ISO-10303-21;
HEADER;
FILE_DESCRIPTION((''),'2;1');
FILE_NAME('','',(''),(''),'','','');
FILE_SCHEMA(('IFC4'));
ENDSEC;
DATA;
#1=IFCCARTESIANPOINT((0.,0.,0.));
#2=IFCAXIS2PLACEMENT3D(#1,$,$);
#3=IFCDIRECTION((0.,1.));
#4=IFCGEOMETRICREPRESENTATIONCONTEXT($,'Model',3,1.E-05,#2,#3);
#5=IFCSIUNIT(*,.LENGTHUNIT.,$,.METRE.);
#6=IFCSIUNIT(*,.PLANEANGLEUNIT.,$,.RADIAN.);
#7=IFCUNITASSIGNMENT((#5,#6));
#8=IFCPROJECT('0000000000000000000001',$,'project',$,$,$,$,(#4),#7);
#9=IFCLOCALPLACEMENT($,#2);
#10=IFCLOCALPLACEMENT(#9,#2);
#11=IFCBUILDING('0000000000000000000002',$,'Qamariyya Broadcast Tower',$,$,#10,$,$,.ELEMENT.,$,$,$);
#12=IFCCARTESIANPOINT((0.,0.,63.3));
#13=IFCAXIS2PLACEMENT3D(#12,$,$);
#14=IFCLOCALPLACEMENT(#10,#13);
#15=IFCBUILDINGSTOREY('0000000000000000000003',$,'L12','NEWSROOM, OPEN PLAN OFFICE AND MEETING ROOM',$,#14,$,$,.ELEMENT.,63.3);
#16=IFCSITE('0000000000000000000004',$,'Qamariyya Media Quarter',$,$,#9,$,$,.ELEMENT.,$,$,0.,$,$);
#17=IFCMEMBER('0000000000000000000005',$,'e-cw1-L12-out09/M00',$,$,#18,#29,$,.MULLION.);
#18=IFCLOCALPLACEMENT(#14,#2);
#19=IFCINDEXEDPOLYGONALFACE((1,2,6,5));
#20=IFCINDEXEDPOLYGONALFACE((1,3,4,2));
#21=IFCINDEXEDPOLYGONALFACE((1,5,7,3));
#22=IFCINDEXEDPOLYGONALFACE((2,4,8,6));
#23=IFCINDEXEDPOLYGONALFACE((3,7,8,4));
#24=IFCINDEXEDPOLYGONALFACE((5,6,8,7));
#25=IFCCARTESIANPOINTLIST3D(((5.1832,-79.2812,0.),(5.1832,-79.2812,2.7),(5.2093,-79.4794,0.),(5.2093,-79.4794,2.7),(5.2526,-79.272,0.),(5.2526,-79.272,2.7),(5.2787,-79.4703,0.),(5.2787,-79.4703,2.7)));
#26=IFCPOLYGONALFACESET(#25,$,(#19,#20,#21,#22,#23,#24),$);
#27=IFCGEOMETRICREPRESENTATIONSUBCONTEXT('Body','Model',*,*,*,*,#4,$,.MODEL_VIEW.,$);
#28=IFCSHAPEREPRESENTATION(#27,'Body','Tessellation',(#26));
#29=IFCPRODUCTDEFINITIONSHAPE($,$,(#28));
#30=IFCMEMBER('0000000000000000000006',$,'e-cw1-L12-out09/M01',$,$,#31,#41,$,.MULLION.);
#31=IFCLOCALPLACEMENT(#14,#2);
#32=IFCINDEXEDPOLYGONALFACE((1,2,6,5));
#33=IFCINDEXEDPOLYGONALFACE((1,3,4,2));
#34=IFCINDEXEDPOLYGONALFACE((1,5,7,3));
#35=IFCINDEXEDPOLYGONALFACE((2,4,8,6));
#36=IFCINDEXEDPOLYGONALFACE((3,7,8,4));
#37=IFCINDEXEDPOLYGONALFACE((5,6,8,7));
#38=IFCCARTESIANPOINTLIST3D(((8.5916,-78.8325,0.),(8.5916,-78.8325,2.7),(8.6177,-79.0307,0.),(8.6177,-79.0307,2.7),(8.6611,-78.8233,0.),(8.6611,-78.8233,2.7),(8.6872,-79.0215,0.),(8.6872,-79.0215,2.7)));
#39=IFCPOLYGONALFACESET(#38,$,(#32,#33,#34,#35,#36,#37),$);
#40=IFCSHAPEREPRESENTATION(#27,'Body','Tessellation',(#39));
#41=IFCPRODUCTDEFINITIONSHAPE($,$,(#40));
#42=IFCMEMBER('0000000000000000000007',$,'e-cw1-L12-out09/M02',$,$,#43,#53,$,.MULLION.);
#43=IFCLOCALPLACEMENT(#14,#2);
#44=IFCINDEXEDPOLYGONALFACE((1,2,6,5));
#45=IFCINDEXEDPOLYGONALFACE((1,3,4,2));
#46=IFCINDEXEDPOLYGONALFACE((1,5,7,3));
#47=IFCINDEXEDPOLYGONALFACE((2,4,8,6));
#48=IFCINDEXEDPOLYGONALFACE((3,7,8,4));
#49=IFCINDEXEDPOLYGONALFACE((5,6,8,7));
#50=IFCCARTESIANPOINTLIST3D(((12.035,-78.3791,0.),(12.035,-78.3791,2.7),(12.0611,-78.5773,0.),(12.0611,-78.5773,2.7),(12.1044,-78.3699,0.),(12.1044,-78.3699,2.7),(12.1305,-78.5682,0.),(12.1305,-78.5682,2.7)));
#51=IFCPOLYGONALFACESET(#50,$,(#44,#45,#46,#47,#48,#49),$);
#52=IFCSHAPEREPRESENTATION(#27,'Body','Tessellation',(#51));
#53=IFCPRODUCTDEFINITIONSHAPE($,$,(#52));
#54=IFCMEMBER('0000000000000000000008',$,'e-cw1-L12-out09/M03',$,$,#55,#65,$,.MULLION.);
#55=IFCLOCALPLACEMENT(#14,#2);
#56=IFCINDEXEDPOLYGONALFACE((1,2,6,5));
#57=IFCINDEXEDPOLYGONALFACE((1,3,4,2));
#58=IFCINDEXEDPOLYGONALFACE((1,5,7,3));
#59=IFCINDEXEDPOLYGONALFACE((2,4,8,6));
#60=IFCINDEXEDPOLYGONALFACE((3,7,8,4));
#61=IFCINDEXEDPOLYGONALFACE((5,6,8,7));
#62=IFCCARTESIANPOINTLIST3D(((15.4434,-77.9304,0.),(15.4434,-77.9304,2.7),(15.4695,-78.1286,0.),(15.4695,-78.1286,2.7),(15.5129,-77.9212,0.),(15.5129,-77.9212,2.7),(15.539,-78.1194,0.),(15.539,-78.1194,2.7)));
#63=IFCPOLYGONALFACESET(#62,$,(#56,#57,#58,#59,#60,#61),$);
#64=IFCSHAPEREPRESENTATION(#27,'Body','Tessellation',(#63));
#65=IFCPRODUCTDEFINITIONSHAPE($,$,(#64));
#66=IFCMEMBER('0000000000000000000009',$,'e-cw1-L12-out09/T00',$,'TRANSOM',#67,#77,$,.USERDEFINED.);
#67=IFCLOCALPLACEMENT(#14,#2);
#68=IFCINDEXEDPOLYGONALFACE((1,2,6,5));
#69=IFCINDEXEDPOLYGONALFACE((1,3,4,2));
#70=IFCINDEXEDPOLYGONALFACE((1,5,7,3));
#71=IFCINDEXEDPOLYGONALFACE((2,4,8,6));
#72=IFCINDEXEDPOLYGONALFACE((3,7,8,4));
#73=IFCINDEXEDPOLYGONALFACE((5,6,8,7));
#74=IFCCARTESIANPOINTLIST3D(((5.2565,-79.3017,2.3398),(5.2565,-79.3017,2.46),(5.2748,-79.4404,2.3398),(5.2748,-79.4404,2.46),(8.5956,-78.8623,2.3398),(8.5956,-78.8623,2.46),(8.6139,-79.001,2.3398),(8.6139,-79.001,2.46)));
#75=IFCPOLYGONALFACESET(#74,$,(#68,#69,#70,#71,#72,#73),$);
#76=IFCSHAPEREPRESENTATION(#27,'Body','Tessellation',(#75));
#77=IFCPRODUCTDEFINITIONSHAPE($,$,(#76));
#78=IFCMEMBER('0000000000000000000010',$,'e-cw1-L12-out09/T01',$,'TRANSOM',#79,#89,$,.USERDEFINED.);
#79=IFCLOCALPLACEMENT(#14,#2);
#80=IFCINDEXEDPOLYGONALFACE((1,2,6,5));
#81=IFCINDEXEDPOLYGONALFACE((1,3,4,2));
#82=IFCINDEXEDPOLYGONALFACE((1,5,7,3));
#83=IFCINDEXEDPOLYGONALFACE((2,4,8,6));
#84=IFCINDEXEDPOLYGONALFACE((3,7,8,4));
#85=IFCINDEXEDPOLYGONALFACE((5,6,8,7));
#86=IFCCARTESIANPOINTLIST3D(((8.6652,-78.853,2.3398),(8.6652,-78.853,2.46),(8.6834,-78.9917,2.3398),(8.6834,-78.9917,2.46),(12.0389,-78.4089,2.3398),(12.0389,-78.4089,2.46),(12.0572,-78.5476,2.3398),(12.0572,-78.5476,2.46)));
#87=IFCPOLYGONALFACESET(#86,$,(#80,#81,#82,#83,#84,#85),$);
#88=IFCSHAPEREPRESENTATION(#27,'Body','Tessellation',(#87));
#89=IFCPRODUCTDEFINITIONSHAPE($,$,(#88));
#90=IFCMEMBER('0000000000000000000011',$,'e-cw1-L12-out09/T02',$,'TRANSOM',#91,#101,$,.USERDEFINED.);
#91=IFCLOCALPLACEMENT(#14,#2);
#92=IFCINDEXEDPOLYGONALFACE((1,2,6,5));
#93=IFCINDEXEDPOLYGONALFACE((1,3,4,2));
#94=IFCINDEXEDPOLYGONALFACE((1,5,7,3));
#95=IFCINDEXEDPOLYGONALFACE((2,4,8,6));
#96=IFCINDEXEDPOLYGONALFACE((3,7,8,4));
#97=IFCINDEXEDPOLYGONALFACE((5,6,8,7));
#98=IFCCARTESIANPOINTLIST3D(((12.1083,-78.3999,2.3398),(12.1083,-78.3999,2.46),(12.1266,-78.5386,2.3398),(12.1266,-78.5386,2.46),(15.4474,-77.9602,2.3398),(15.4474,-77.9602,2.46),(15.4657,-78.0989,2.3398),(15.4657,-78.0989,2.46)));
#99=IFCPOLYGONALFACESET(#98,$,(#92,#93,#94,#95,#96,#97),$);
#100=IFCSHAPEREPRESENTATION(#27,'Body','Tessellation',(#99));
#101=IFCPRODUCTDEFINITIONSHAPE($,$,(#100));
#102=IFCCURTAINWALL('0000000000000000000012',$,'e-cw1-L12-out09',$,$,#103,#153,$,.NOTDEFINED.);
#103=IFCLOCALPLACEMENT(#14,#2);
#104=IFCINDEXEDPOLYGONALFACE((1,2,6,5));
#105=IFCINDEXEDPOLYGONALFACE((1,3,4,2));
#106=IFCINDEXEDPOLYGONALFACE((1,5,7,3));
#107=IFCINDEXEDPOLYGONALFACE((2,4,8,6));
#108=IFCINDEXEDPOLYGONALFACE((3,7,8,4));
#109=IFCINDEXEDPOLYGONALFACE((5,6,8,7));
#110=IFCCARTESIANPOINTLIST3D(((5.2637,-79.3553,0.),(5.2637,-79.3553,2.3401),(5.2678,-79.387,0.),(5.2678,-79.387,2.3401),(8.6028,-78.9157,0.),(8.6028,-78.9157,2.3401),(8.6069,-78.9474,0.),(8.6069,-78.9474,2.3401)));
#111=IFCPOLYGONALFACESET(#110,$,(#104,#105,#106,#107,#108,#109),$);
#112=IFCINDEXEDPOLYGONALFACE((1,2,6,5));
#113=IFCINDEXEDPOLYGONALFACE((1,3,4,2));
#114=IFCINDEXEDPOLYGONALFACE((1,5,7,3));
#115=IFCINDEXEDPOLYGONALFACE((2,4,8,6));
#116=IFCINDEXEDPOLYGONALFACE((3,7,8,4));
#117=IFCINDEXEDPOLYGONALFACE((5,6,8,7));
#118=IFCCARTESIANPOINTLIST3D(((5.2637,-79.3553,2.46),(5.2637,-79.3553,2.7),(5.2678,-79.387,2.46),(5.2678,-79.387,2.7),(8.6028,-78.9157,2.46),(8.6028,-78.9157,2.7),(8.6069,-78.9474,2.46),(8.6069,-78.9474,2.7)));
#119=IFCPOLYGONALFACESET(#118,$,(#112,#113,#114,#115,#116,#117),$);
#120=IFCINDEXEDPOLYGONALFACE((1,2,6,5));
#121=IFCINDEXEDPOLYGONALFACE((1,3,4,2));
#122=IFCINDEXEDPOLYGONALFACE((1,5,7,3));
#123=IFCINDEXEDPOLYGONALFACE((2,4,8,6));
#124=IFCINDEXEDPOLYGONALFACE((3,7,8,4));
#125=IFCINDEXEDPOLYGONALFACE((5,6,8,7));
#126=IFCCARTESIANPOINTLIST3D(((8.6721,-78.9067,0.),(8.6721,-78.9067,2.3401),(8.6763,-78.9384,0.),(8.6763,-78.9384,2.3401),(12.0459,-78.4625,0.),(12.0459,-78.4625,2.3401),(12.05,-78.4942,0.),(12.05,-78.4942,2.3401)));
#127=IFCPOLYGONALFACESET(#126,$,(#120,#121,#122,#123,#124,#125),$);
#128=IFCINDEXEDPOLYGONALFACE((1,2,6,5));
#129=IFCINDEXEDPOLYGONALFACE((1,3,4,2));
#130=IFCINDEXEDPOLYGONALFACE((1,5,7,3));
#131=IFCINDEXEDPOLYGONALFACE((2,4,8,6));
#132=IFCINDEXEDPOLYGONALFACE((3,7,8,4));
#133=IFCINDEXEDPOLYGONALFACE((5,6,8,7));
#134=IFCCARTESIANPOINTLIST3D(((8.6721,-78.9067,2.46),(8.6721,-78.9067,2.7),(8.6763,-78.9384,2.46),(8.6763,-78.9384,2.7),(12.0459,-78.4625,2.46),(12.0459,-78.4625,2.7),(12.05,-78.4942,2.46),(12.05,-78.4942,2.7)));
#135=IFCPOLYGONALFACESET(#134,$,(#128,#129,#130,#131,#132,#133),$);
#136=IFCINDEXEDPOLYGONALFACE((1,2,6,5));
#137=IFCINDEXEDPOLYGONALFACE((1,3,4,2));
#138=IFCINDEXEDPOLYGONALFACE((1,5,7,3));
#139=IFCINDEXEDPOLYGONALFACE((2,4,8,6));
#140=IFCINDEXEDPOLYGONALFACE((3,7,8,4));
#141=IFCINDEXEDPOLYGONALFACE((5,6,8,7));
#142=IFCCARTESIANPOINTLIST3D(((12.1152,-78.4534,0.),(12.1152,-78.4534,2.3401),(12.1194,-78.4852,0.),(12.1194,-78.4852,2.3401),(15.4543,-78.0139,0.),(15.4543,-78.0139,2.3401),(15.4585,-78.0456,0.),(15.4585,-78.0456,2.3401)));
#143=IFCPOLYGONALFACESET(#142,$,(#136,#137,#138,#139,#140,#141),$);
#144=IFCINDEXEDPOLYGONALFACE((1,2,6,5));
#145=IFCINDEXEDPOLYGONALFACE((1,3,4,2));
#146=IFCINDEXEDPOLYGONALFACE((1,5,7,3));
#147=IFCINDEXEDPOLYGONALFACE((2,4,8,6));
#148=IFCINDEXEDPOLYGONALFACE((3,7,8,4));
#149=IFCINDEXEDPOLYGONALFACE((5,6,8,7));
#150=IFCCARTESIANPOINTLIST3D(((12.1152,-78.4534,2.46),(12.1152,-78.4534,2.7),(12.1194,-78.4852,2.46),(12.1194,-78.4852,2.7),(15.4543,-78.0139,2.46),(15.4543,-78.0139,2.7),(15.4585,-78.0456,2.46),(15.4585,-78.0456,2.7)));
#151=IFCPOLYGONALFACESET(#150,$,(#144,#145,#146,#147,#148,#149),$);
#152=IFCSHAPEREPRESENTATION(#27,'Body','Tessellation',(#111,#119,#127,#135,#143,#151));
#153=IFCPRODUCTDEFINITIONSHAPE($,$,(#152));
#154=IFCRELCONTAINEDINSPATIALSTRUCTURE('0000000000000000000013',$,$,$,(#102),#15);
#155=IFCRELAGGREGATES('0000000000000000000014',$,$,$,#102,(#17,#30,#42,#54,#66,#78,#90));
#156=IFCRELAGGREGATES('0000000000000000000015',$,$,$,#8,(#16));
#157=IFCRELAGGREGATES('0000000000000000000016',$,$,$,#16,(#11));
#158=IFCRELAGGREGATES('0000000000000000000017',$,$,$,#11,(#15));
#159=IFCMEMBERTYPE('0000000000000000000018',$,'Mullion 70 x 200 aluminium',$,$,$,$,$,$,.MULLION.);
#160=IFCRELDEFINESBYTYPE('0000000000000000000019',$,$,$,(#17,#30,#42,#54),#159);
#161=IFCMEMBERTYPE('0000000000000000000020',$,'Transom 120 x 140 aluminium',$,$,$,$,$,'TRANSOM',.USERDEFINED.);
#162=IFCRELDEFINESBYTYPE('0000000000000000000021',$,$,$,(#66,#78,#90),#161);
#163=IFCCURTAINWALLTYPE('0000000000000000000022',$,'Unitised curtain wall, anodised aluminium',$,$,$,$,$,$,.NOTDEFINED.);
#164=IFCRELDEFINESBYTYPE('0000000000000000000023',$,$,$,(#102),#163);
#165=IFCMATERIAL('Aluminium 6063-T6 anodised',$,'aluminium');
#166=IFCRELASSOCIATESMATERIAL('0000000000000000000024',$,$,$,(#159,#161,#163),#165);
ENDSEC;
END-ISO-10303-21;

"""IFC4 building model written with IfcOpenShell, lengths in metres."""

from ifc_helpers import new_model, si_unit, direction, frame, origin, origin_2d, place, context, subcontext, project, spatial, rectangle, extrude, material, material_profile, profile_set, type_object, element, aggregate, save


model = new_model("IFC4")

# Units and contexts
model_context = context("Model", 3, precision=1e-05, world=origin(), true_north=direction((0.0, 1.0)))
body_context = subcontext(model_context, "Body", "Model", "MODEL_VIEW")
ifc_project = project(units=[si_unit("LENGTHUNIT", "METRE"), si_unit("PLANEANGLEUNIT", "RADIAN")], contexts=[model_context])

# Members
ifc_material = material(Name="Aluminium 6063-T6 anodised", Category="aluminium")
ifc_material_profile_1 = material_profile(ifc_material, rectangle(XDim=0.2, YDim=0.0701, at=origin_2d()))
ifc_profile_set_1 = profile_set([ifc_material_profile_1], Name="Aluminium 6063-T6 anodised")
member_type_1 = type_object("IfcMemberType", Name="Mullion 70 x 200 aluminium", PredefinedType="MULLION", material=ifc_profile_set_1)
site_placement = place(None, origin())
building_placement = place(site_placement, origin())
storey_placement = place(building_placement, frame((0.0, 0.0, 63.3)))
member_1_placement = place(storey_placement, frame((5.231, -79.3757, 0.0), z_axis=(0.0, 0.0, 1.0), x_axis=(-0.130526, 0.991445, 0.0)))
member_1 = element("IfcMember", 1, at=member_1_placement, type_object=member_type_1, Name="e-cw1-L12-out09/M00", PredefinedType="MULLION", context=body_context, shape_type="SweptSolid", body=[
    extrude(rectangle(XDim=0.2, YDim=0.0701, at=origin_2d()), origin(), (0.0, 0.0, 1.0), 2.7),
])
member_2_placement = place(storey_placement, frame((8.6394, -78.927, 0.0), z_axis=(0.0, 0.0, 1.0), x_axis=(-0.130526, 0.991445, 0.0)))
member_2 = element("IfcMember", 2, at=member_2_placement, type_object=member_type_1, Name="e-cw1-L12-out09/M01", PredefinedType="MULLION", context=body_context, shape_type="SweptSolid", body=[
    extrude(rectangle(XDim=0.2, YDim=0.0701, at=origin_2d()), origin(), (0.0, 0.0, 1.0), 2.7),
])
member_3_placement = place(storey_placement, frame((12.0828, -78.4736, 0.0), z_axis=(0.0, 0.0, 1.0), x_axis=(-0.130526, 0.991445, 0.0)))
member_3 = element("IfcMember", 3, at=member_3_placement, type_object=member_type_1, Name="e-cw1-L12-out09/M02", PredefinedType="MULLION", context=body_context, shape_type="SweptSolid", body=[
    extrude(rectangle(XDim=0.2, YDim=0.0701, at=origin_2d()), origin(), (0.0, 0.0, 1.0), 2.7),
])
member_4_placement = place(storey_placement, frame((15.4912, -78.0249, 0.0), z_axis=(0.0, 0.0, 1.0), x_axis=(-0.130526, 0.991445, 0.0)))
member_4 = element("IfcMember", 4, at=member_4_placement, type_object=member_type_1, Name="e-cw1-L12-out09/M03", PredefinedType="MULLION", context=body_context, shape_type="SweptSolid", body=[
    extrude(rectangle(XDim=0.2, YDim=0.0701, at=origin_2d()), origin(), (0.0, 0.0, 1.0), 2.7),
])
ifc_material_profile_2 = material_profile(ifc_material, rectangle(XDim=0.1399, YDim=0.1201, at=origin_2d()))
ifc_profile_set_2 = profile_set([ifc_material_profile_2], Name="Aluminium 6063-T6 anodised")
member_type_2 = type_object("IfcMemberType", Name="Transom 120 x 140 aluminium", ElementType="TRANSOM", PredefinedType="USERDEFINED", material=ifc_profile_set_2)
member_5_placement = place(storey_placement, frame((5.2656, -79.3711, 2.3999), z_axis=(0.991451, 0.130483, 0.0), x_axis=(-0.130483, 0.991451, 0.0)))
member_5 = element("IfcMember", 5, at=member_5_placement, type_object=member_type_2, Name="e-cw1-L12-out09/T00", ObjectType="TRANSOM", PredefinedType="USERDEFINED", context=body_context, shape_type="SweptSolid", body=[
    extrude(rectangle(XDim=0.1399, YDim=0.1201, at=origin_2d()), origin(), (0.0, 0.0, 1.0), 3.3679),
])
member_6_placement = place(storey_placement, frame((8.6743, -78.9224, 2.3999), z_axis=(0.991448, 0.130505, 0.0), x_axis=(-0.130505, 0.991448, 0.0)))
member_6 = element("IfcMember", 6, at=member_6_placement, type_object=member_type_2, Name="e-cw1-L12-out09/T01", ObjectType="TRANSOM", PredefinedType="USERDEFINED", context=body_context, shape_type="SweptSolid", body=[
    extrude(rectangle(XDim=0.1399, YDim=0.1201, at=origin_2d()), origin(), (0.0, 0.0, 1.0), 3.4028),
])
member_7_placement = place(storey_placement, frame((12.1174, -78.4692, 2.3999), z_axis=(0.991441, 0.130554, 0.0), x_axis=(-0.130554, 0.991441, 0.0)))
member_7 = element("IfcMember", 7, at=member_7_placement, type_object=member_type_2, Name="e-cw1-L12-out09/T02", ObjectType="TRANSOM", PredefinedType="USERDEFINED", context=body_context, shape_type="SweptSolid", body=[
    extrude(rectangle(XDim=0.1399, YDim=0.1201, at=origin_2d()), origin(), (0.0, 0.0, 1.0), 3.3679),
])

# Site, building, storey
site = spatial("IfcSite", under=ifc_project, at=site_placement, Name="Qamariyya Media Quarter", CompositionType="ELEMENT", RefElevation=0.0)
building = spatial("IfcBuilding", under=site, at=building_placement, Name="Qamariyya Broadcast Tower", CompositionType="ELEMENT")
storey = spatial("IfcBuildingStorey", under=building, at=storey_placement, Name="L12", Description="NEWSROOM, OPEN PLAN OFFICE AND MEETING ROOM", CompositionType="ELEMENT", Elevation=63.3)

# Curtain wall
curtain_wall_type = type_object("IfcCurtainWallType", Name="Unitised curtain wall, anodised aluminium", PredefinedType="NOTDEFINED", material=ifc_material)
curtain_wall_1_placement = place(storey_placement, origin())
curtain_wall_1 = element("IfcCurtainWall", 8, at=curtain_wall_1_placement, inside=storey, type_object=curtain_wall_type, Name="e-cw1-L12-out09", PredefinedType="NOTDEFINED", context=body_context, shape_type="SweptSolid", body=[
    extrude(rectangle(XDim=3.3679, YDim=0.032, at=origin_2d()), frame((6.9353, -79.1514, 0.0), x_axis=(0.991446, 0.130521, 0.0)), (0.0, 0.0, 1.0), 2.3401),
    extrude(rectangle(XDim=3.3679, YDim=0.032, at=origin_2d()), frame((6.9353, -79.1514, 2.46), x_axis=(0.991446, 0.130521, 0.0)), (0.0, 0.0, 1.0), 0.24),
    extrude(rectangle(XDim=3.4028, YDim=0.032, at=origin_2d()), frame((10.3611, -78.7004, 0.0), x_axis=(0.991446, 0.130521, 0.0)), (0.0, 0.0, 1.0), 2.3401),
    extrude(rectangle(XDim=3.4028, YDim=0.032, at=origin_2d()), frame((10.3611, -78.7004, 2.46), x_axis=(0.991446, 0.130521, 0.0)), (0.0, 0.0, 1.0), 0.24),
    extrude(rectangle(XDim=3.3679, YDim=0.032, at=origin_2d()), frame((13.7869, -78.2495, 0.0), x_axis=(0.991446, 0.130521, 0.0)), (0.0, 0.0, 1.0), 2.3401),
    extrude(rectangle(XDim=3.3679, YDim=0.032, at=origin_2d()), frame((13.7869, -78.2495, 2.46), x_axis=(0.991446, 0.130521, 0.0)), (0.0, 0.0, 1.0), 0.24),
])
aggregate(curtain_wall_1, [member_1, member_2, member_3, member_4, member_5, member_6, member_7])

save(model, "model.ifc")
